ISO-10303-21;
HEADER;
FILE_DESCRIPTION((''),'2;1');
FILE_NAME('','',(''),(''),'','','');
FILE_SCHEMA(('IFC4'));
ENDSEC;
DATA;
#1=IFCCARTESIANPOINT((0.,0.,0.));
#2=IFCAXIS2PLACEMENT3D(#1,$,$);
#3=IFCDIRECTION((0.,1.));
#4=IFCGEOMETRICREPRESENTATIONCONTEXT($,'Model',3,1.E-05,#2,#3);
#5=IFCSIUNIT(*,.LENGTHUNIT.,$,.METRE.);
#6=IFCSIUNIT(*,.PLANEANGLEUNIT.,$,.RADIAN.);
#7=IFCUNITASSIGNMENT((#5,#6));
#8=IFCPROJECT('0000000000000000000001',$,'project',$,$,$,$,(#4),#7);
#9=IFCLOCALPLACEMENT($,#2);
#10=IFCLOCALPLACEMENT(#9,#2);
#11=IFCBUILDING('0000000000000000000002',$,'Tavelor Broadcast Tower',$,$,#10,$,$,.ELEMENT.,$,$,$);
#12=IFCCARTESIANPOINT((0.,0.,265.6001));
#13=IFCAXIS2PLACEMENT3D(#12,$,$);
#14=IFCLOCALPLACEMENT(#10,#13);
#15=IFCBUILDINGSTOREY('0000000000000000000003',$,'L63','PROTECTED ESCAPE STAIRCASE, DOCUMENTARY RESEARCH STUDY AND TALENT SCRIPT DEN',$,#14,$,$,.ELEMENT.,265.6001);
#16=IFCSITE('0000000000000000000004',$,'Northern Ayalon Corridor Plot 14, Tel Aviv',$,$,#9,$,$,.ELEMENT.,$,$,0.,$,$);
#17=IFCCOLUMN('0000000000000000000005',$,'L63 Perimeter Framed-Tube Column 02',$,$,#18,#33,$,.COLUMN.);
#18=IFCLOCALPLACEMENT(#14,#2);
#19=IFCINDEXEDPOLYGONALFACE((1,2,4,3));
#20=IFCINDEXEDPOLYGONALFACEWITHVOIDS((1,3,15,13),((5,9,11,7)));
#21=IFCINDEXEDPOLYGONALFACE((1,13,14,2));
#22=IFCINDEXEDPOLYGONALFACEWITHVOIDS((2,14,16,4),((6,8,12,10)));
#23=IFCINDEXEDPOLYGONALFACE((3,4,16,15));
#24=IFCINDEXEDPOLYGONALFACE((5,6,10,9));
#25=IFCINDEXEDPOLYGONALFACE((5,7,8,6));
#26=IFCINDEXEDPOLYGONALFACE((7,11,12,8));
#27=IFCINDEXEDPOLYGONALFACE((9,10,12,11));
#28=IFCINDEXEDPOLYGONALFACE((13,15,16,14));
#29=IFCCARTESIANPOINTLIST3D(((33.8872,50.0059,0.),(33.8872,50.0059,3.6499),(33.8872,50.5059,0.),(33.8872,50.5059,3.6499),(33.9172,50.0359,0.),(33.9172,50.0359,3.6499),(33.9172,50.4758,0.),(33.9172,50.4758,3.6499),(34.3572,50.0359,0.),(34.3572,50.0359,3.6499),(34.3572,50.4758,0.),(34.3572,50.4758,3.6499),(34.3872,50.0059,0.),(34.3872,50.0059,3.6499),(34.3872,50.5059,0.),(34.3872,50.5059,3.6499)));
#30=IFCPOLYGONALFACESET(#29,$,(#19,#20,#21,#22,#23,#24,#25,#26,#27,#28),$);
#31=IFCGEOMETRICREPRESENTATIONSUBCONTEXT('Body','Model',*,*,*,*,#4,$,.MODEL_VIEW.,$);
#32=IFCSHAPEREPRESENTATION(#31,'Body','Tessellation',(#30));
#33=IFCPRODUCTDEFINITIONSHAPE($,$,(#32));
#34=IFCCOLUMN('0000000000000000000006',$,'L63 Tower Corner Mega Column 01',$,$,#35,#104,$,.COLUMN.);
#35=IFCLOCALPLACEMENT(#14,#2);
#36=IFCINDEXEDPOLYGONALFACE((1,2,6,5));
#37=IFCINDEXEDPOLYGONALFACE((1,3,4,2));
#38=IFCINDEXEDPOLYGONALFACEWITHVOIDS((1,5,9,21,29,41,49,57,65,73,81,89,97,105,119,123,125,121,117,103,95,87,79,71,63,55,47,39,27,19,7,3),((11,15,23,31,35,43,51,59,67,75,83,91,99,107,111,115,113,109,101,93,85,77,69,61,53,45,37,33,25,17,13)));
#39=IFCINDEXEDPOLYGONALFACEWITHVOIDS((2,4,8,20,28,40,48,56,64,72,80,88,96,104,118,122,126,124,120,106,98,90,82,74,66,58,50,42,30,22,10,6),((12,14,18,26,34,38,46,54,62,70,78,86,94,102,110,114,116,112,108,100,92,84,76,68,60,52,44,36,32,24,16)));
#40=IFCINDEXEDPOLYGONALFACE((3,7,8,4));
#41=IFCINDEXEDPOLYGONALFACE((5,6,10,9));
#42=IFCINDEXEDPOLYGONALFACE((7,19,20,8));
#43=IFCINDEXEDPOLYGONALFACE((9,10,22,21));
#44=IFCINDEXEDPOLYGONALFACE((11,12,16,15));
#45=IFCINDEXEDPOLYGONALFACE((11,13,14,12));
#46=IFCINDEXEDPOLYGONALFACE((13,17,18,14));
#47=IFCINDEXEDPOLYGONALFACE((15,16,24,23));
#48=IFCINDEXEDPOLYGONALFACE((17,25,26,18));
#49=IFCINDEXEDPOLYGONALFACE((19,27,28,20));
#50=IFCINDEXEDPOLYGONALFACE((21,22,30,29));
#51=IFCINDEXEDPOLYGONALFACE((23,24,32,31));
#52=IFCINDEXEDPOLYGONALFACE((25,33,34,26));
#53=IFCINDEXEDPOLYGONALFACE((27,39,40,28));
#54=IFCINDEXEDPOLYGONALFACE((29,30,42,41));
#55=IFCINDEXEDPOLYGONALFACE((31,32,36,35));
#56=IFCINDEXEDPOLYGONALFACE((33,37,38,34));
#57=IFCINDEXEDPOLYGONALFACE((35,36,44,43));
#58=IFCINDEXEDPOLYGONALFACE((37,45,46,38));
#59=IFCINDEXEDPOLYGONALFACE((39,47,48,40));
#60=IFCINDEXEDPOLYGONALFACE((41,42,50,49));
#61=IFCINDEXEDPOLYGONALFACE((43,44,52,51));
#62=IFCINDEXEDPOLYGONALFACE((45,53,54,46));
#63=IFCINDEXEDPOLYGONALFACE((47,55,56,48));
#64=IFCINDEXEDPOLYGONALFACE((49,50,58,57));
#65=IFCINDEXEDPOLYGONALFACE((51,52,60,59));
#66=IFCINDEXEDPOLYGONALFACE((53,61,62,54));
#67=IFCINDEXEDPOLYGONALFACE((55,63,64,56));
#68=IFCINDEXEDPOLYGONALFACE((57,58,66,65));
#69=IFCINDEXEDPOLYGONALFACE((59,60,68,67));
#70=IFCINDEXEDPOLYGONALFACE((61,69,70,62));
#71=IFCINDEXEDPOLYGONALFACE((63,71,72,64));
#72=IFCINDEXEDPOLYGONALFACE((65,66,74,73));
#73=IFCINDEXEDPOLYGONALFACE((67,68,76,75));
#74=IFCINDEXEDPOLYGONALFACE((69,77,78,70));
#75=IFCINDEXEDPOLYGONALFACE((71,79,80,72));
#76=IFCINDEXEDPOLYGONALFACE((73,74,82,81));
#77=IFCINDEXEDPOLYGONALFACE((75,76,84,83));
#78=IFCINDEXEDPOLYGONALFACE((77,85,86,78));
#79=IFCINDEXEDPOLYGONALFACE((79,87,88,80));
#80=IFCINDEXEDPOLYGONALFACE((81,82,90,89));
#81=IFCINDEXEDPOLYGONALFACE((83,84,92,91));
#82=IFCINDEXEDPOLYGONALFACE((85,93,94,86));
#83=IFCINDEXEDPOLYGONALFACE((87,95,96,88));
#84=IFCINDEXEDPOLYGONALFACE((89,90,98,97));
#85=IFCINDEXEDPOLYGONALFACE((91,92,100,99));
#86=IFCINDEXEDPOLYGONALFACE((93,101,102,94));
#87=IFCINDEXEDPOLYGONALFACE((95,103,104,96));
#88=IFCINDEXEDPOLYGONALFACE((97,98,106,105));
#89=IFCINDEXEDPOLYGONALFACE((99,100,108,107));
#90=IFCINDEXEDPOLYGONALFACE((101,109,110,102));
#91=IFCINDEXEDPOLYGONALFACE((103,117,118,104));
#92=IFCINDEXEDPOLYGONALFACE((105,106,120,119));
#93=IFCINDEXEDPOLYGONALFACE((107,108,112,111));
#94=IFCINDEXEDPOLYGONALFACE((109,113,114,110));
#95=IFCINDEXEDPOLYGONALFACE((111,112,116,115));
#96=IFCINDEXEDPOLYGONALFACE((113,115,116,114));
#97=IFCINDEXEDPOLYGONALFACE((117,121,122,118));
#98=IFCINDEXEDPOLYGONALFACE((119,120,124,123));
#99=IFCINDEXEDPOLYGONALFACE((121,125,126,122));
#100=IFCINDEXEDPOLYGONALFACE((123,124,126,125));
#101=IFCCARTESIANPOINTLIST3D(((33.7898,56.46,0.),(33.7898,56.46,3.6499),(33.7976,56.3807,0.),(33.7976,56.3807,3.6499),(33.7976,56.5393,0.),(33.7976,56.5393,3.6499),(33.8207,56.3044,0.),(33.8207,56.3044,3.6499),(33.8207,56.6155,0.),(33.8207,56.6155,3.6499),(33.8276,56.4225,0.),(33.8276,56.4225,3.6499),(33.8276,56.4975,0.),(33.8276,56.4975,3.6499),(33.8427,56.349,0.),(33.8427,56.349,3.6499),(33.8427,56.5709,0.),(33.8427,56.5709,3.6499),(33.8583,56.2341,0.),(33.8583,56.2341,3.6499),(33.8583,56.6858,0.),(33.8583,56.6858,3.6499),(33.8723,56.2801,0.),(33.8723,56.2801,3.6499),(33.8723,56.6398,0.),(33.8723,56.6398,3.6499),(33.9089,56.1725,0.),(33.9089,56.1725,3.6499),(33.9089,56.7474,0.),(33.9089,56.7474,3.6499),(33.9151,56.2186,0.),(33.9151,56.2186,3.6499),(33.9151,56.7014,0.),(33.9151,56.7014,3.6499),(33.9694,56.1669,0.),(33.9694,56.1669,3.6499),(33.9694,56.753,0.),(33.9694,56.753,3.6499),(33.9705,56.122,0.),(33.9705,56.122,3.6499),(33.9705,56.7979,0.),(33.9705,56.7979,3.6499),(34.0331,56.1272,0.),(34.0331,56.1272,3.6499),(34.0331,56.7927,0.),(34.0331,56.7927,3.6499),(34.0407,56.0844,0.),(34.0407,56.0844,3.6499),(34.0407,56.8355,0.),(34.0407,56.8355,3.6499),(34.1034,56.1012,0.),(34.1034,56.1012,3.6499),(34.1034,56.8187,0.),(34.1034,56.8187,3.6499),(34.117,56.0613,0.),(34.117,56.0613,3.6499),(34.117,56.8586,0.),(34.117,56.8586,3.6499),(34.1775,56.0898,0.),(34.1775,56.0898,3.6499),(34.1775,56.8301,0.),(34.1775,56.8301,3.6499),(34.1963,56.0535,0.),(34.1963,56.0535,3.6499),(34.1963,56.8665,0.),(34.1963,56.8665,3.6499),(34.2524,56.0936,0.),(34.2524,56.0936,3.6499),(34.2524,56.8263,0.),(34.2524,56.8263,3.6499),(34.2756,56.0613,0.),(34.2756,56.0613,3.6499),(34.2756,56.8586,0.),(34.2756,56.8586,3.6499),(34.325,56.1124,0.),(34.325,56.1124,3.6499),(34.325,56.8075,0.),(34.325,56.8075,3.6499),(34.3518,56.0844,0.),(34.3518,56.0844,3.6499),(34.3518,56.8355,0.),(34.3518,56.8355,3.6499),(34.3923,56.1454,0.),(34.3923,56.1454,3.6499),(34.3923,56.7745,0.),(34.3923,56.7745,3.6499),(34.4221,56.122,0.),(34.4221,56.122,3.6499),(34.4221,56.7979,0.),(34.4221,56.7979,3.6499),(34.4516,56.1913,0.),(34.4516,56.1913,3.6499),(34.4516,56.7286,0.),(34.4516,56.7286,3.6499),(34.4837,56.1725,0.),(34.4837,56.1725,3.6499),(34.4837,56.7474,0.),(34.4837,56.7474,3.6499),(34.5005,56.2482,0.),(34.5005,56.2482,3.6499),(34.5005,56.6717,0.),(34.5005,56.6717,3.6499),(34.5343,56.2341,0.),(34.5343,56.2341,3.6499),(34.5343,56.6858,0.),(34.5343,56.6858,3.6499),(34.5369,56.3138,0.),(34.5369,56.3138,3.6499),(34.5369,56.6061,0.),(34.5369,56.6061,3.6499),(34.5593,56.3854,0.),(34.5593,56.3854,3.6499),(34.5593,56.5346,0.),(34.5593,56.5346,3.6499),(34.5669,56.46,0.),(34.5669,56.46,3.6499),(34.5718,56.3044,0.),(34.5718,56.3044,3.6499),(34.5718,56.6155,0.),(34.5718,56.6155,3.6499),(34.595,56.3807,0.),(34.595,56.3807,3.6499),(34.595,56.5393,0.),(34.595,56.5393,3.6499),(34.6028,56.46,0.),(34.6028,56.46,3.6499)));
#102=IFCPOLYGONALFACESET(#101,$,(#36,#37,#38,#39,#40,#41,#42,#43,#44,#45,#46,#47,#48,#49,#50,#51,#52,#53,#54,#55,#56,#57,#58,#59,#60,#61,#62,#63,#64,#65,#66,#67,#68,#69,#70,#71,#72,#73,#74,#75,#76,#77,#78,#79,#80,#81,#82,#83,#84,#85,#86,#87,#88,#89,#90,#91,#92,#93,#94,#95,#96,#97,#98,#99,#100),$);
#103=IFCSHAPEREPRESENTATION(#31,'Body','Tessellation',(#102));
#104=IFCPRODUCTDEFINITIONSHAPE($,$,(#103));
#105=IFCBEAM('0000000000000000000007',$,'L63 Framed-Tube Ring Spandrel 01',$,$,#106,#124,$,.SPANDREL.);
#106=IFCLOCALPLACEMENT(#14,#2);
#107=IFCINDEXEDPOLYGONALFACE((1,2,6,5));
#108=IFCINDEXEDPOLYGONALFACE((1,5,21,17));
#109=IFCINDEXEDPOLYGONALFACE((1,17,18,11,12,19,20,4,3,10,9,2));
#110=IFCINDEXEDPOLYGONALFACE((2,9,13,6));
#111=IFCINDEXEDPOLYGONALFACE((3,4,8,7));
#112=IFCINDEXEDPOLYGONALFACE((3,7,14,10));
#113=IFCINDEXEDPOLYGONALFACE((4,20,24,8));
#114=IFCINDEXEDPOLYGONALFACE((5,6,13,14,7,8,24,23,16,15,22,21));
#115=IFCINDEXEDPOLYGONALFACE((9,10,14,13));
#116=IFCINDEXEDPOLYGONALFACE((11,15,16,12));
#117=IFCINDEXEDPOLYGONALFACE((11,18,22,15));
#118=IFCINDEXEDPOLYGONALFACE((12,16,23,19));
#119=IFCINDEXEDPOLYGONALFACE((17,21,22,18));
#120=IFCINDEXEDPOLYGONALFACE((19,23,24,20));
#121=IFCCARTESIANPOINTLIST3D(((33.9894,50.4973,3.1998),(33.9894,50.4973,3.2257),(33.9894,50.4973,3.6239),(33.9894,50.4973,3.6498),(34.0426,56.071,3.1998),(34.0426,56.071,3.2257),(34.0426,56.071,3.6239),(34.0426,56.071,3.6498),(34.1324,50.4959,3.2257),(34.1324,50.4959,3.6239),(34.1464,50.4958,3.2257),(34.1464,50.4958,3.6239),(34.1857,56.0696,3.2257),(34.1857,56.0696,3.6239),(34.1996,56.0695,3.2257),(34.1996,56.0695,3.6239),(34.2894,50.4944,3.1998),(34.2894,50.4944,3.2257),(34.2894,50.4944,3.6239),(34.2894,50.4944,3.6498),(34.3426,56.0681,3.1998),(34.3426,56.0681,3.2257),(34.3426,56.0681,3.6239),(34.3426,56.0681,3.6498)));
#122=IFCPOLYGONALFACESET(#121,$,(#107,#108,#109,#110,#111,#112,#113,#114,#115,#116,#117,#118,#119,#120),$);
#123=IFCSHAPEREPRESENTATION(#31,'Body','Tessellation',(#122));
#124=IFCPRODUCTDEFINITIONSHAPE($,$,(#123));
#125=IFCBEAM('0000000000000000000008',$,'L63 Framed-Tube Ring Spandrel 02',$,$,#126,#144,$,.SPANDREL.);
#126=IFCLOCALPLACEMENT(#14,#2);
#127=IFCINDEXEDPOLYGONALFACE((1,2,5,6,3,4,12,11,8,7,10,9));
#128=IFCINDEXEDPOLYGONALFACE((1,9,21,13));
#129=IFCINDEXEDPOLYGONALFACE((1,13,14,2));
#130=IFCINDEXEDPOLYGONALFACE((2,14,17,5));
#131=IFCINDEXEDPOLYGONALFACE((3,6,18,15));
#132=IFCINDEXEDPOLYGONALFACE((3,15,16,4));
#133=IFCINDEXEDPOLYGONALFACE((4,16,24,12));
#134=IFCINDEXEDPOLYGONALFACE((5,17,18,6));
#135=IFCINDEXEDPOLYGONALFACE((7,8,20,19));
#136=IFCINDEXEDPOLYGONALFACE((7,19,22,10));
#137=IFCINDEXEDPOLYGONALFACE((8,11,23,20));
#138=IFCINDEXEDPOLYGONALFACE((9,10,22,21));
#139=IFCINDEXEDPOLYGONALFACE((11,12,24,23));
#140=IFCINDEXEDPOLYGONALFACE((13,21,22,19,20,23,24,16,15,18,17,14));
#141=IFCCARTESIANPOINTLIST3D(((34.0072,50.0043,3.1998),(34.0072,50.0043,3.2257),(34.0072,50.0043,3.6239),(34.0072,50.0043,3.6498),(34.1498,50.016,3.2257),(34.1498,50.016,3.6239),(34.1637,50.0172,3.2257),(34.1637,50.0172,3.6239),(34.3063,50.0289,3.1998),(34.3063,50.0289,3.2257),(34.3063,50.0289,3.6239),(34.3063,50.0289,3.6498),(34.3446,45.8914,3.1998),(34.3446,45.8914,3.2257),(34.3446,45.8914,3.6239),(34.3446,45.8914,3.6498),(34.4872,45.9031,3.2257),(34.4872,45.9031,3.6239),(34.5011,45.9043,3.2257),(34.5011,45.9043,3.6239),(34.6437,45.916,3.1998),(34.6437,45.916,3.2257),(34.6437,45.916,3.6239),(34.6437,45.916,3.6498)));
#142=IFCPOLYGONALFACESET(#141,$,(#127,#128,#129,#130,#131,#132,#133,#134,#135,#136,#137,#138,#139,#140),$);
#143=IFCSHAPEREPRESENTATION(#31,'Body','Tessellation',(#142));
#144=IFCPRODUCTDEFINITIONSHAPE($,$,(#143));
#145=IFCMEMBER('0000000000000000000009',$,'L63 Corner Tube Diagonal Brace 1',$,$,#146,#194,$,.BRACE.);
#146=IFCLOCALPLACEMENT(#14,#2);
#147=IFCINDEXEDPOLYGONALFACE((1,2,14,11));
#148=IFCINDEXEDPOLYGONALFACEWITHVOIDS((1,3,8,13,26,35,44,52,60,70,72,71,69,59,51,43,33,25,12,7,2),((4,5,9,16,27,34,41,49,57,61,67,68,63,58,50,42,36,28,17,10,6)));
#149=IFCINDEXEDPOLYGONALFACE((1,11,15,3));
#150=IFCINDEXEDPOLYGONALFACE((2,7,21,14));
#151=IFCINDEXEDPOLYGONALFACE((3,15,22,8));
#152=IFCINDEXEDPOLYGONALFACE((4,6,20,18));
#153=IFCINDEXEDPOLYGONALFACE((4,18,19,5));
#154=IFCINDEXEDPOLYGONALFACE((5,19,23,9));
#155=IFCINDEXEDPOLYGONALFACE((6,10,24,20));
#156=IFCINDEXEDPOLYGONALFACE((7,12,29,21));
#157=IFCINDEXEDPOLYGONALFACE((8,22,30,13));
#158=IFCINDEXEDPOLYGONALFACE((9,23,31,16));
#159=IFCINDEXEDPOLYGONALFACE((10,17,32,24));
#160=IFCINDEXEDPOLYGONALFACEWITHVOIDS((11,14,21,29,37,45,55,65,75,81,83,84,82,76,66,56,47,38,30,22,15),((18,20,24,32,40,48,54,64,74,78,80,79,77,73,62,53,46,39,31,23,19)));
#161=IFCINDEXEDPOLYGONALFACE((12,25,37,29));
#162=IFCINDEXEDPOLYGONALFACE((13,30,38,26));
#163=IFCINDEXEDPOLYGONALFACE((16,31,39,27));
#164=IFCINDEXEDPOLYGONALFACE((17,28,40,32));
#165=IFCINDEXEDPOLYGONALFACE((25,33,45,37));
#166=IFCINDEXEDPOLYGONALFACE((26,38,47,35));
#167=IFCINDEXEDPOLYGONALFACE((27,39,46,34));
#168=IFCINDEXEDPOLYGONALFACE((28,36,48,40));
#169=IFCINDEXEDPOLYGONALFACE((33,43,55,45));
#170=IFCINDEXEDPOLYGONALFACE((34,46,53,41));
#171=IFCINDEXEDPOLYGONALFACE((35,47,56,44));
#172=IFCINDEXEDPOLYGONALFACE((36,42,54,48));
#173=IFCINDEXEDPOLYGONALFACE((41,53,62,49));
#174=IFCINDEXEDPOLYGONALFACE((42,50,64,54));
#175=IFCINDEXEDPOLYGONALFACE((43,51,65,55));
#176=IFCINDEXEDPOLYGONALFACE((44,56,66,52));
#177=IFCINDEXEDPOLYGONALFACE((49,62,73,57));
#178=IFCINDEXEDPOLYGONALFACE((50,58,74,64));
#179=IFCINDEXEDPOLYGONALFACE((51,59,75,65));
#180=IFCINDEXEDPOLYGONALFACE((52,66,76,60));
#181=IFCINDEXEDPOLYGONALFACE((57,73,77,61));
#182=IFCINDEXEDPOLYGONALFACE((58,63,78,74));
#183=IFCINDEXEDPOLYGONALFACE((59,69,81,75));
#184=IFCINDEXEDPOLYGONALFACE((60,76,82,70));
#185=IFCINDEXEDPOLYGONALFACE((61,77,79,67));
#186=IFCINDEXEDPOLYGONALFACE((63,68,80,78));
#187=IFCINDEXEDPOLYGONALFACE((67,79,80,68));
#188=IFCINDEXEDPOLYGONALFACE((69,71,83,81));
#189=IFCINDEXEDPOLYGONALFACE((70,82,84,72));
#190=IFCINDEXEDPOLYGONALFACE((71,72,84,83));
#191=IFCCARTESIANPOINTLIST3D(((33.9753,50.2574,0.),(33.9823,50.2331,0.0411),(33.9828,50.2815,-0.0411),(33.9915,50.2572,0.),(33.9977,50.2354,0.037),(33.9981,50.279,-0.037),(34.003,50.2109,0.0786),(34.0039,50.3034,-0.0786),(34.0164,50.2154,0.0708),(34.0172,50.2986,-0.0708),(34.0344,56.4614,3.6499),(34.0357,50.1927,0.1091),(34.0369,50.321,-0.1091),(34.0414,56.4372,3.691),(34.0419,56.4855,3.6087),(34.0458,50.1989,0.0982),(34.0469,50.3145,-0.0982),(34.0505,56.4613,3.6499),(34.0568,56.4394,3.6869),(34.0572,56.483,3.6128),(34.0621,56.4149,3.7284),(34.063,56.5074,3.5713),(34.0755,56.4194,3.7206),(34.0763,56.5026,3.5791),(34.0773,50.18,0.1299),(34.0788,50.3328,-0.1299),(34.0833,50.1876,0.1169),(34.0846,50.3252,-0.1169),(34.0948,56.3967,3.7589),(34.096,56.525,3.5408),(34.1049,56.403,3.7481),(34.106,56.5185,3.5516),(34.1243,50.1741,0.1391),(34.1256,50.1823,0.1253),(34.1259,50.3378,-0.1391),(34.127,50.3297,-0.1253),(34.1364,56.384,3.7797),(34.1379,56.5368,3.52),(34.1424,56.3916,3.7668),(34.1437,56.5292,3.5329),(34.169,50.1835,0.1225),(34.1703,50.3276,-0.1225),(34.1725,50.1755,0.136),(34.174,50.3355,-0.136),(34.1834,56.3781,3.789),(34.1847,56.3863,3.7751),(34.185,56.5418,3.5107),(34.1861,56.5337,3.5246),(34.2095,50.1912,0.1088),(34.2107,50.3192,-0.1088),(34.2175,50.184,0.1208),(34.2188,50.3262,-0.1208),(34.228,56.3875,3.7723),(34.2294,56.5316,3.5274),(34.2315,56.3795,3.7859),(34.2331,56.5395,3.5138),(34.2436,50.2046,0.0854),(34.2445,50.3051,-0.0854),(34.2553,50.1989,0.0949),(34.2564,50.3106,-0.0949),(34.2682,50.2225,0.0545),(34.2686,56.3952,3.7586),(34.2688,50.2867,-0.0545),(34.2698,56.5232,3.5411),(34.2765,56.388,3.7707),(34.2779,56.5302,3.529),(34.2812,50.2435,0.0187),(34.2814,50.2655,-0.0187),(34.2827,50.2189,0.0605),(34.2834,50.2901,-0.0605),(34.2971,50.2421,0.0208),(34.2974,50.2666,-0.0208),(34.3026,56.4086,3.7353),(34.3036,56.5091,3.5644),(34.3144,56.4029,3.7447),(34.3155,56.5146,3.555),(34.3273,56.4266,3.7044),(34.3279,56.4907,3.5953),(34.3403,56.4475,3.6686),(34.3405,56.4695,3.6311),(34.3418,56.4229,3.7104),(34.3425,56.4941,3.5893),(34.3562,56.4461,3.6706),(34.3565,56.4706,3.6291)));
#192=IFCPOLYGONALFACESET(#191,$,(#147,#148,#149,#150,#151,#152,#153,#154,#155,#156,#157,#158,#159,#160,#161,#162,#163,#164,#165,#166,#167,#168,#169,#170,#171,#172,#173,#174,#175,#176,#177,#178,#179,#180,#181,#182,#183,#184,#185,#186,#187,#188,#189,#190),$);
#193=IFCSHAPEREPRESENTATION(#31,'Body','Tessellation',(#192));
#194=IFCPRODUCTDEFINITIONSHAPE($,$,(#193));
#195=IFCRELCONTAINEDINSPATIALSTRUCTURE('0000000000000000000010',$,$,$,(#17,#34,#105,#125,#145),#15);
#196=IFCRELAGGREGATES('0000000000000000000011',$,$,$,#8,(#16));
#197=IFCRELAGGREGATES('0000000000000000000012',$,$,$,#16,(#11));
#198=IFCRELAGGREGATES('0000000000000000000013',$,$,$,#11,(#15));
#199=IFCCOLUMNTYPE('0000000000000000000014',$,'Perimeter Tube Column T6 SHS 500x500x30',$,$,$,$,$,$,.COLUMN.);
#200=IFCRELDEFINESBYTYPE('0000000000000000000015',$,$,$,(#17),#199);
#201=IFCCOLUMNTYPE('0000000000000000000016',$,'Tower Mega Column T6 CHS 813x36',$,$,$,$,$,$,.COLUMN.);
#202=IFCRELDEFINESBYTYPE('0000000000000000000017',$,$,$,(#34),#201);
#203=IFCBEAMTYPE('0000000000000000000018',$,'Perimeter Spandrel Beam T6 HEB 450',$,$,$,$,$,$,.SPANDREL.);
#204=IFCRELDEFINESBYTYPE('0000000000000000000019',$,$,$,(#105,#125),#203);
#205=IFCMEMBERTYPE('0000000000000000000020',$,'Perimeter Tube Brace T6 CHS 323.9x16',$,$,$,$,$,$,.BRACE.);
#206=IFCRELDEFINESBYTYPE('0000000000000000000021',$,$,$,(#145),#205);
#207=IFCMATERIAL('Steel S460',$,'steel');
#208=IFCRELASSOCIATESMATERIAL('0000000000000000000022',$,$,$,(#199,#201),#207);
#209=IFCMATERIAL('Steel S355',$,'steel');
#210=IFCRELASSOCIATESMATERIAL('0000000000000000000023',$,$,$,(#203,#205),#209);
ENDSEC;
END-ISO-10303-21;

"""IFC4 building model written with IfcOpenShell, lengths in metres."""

from ifc_helpers import new_model, si_unit, direction, frame, origin, origin_2d, place, context, subcontext, project, spatial, hollow_rectangle, hollow_circle, i_section, extrude, material, material_profile, profile_set, type_object, element, save


model = new_model("IFC4")

# Units and contexts
model_context = context("Model", 3, precision=1e-05, world=origin(), true_north=direction((0.0, 1.0)))
body_context = subcontext(model_context, "Body", "Model", "MODEL_VIEW")
ifc_project = project(units=[si_unit("LENGTHUNIT", "METRE"), si_unit("PLANEANGLEUNIT", "RADIAN")], contexts=[model_context])

# Site, building, storey
site_placement = place(None, origin())
site = spatial("IfcSite", under=ifc_project, at=site_placement, Name="Northern Ayalon Corridor Plot 14, Tel Aviv", CompositionType="ELEMENT", RefElevation=0.0)
building_placement = place(site_placement, origin())
building = spatial("IfcBuilding", under=site, at=building_placement, Name="Tavelor Broadcast Tower", CompositionType="ELEMENT")
storey_placement = place(building_placement, frame((0.0, 0.0, 265.6001)))
storey = spatial("IfcBuildingStorey", under=building, at=storey_placement, Name="L63", Description="PROTECTED ESCAPE STAIRCASE, DOCUMENTARY RESEARCH STUDY AND TALENT SCRIPT DEN", CompositionType="ELEMENT", Elevation=265.6001)

# Columns
ifc_material_1 = material(Name="Steel S460", Category="steel")
ifc_material_profile_1 = material_profile(ifc_material_1, hollow_rectangle(XDim=0.5, YDim=0.5, WallThickness=0.03, at=origin_2d()), Name="SHS 500x500x30")
ifc_profile_set_1 = profile_set([ifc_material_profile_1], Name="Steel S460")
column_type_1 = type_object("IfcColumnType", Name="Perimeter Tube Column T6 SHS 500x500x30", PredefinedType="COLUMN", material=ifc_profile_set_1)
column_1_placement = place(storey_placement, frame((34.1372, 50.2559, 0.0), z_axis=(0.0, 0.0, 1.0), x_axis=(1.0, 0.0, 0.0)))
element("IfcColumn", 1, at=column_1_placement, inside=storey, type_object=column_type_1, Name="L63 Perimeter Framed-Tube Column 02", PredefinedType="COLUMN", context=body_context, shape_type="SweptSolid", body=[
    extrude(hollow_rectangle(XDim=0.5, YDim=0.5, WallThickness=0.03, at=origin_2d()), origin(), (0.0, 0.0, 1.0), 3.6499),
])
ifc_material_profile_2 = material_profile(ifc_material_1, hollow_circle(Radius=0.4065, WallThickness=0.0359, at=origin_2d()), Name="CHS 813x36")
ifc_profile_set_2 = profile_set([ifc_material_profile_2], Name="Steel S460")
column_type_2 = type_object("IfcColumnType", Name="Tower Mega Column T6 CHS 813x36", PredefinedType="COLUMN", material=ifc_profile_set_2)
column_2_placement = place(storey_placement, frame((34.1963, 56.46, 0.0), z_axis=(0.0, 0.0, 1.0), x_axis=(1.0, 0.0, 0.0)))
element("IfcColumn", 2, at=column_2_placement, inside=storey, type_object=column_type_2, Name="L63 Tower Corner Mega Column 01", PredefinedType="COLUMN", context=body_context, shape_type="SweptSolid", body=[
    extrude(hollow_circle(Radius=0.4065, WallThickness=0.0359, at=origin_2d()), origin(), (0.0, 0.0, 1.0), 3.6499),
])

# Beams
ifc_material_2 = material(Name="Steel S355", Category="steel")
ifc_material_profile_3 = material_profile(ifc_material_2, i_section(OverallWidth=0.3, OverallDepth=0.45, WebThickness=0.0139, FlangeThickness=0.0259, at=origin_2d()), Name="HEB 450")
ifc_profile_set_3 = profile_set([ifc_material_profile_3], Name="Steel S355")
beam_type = type_object("IfcBeamType", Name="Perimeter Spandrel Beam T6 HEB 450", PredefinedType="SPANDREL", material=ifc_profile_set_3)
beam_1_placement = place(storey_placement, frame((34.1926, 56.0696, 3.4248), z_axis=(-0.009548, -0.999954, 0.0), x_axis=(0.999954, -0.009548, 0.0)))
element("IfcBeam", 3, at=beam_1_placement, inside=storey, type_object=beam_type, Name="L63 Framed-Tube Ring Spandrel 01", PredefinedType="SPANDREL", context=body_context, shape_type="SweptSolid", body=[
    extrude(i_section(OverallWidth=0.3, OverallDepth=0.45, WebThickness=0.0139, FlangeThickness=0.0259, at=origin_2d()), origin(), (0.0, 0.0, 1.0), 5.574),
])
beam_2_placement = place(storey_placement, frame((34.1567, 50.0166, 3.4248), z_axis=(0.081763, -0.996652, 0.0), x_axis=(0.996652, 0.081763, 0.0)))
element("IfcBeam", 4, at=beam_2_placement, inside=storey, type_object=beam_type, Name="L63 Framed-Tube Ring Spandrel 02", PredefinedType="SPANDREL", context=body_context, shape_type="SweptSolid", body=[
    extrude(i_section(OverallWidth=0.3, OverallDepth=0.45, WebThickness=0.0139, FlangeThickness=0.0259, at=origin_2d()), origin(), (0.0, 0.0, 1.0), 4.1267),
])

# Member
ifc_material_profile_4 = material_profile(ifc_material_2, hollow_circle(Radius=0.1619, WallThickness=0.0161, at=origin_2d()), Name="CHS 323.9x16")
ifc_profile_set_4 = profile_set([ifc_material_profile_4], Name="Steel S355")
member_type_1 = type_object("IfcMemberType", Name="Perimeter Tube Brace T6 CHS 323.9x16", PredefinedType="BRACE", material=ifc_profile_set_4)
member_1_placement = place(storey_placement, frame((34.1372, 50.2559, 0.0), z_axis=(0.008208, 0.861879, 0.507048), x_axis=(-0.999955, 0.009523, 0.0)))
element("IfcMember", 5, at=member_1_placement, inside=storey, type_object=member_type_1, Name="L63 Corner Tube Diagonal Brace 1", PredefinedType="BRACE", context=body_context, shape_type="SweptSolid", body=[
    extrude(hollow_circle(Radius=0.1619, WallThickness=0.0161, at=origin_2d()), origin(), (0.0, 0.0, 1.0), 7.1982),
])

save(model, "model.ifc")
